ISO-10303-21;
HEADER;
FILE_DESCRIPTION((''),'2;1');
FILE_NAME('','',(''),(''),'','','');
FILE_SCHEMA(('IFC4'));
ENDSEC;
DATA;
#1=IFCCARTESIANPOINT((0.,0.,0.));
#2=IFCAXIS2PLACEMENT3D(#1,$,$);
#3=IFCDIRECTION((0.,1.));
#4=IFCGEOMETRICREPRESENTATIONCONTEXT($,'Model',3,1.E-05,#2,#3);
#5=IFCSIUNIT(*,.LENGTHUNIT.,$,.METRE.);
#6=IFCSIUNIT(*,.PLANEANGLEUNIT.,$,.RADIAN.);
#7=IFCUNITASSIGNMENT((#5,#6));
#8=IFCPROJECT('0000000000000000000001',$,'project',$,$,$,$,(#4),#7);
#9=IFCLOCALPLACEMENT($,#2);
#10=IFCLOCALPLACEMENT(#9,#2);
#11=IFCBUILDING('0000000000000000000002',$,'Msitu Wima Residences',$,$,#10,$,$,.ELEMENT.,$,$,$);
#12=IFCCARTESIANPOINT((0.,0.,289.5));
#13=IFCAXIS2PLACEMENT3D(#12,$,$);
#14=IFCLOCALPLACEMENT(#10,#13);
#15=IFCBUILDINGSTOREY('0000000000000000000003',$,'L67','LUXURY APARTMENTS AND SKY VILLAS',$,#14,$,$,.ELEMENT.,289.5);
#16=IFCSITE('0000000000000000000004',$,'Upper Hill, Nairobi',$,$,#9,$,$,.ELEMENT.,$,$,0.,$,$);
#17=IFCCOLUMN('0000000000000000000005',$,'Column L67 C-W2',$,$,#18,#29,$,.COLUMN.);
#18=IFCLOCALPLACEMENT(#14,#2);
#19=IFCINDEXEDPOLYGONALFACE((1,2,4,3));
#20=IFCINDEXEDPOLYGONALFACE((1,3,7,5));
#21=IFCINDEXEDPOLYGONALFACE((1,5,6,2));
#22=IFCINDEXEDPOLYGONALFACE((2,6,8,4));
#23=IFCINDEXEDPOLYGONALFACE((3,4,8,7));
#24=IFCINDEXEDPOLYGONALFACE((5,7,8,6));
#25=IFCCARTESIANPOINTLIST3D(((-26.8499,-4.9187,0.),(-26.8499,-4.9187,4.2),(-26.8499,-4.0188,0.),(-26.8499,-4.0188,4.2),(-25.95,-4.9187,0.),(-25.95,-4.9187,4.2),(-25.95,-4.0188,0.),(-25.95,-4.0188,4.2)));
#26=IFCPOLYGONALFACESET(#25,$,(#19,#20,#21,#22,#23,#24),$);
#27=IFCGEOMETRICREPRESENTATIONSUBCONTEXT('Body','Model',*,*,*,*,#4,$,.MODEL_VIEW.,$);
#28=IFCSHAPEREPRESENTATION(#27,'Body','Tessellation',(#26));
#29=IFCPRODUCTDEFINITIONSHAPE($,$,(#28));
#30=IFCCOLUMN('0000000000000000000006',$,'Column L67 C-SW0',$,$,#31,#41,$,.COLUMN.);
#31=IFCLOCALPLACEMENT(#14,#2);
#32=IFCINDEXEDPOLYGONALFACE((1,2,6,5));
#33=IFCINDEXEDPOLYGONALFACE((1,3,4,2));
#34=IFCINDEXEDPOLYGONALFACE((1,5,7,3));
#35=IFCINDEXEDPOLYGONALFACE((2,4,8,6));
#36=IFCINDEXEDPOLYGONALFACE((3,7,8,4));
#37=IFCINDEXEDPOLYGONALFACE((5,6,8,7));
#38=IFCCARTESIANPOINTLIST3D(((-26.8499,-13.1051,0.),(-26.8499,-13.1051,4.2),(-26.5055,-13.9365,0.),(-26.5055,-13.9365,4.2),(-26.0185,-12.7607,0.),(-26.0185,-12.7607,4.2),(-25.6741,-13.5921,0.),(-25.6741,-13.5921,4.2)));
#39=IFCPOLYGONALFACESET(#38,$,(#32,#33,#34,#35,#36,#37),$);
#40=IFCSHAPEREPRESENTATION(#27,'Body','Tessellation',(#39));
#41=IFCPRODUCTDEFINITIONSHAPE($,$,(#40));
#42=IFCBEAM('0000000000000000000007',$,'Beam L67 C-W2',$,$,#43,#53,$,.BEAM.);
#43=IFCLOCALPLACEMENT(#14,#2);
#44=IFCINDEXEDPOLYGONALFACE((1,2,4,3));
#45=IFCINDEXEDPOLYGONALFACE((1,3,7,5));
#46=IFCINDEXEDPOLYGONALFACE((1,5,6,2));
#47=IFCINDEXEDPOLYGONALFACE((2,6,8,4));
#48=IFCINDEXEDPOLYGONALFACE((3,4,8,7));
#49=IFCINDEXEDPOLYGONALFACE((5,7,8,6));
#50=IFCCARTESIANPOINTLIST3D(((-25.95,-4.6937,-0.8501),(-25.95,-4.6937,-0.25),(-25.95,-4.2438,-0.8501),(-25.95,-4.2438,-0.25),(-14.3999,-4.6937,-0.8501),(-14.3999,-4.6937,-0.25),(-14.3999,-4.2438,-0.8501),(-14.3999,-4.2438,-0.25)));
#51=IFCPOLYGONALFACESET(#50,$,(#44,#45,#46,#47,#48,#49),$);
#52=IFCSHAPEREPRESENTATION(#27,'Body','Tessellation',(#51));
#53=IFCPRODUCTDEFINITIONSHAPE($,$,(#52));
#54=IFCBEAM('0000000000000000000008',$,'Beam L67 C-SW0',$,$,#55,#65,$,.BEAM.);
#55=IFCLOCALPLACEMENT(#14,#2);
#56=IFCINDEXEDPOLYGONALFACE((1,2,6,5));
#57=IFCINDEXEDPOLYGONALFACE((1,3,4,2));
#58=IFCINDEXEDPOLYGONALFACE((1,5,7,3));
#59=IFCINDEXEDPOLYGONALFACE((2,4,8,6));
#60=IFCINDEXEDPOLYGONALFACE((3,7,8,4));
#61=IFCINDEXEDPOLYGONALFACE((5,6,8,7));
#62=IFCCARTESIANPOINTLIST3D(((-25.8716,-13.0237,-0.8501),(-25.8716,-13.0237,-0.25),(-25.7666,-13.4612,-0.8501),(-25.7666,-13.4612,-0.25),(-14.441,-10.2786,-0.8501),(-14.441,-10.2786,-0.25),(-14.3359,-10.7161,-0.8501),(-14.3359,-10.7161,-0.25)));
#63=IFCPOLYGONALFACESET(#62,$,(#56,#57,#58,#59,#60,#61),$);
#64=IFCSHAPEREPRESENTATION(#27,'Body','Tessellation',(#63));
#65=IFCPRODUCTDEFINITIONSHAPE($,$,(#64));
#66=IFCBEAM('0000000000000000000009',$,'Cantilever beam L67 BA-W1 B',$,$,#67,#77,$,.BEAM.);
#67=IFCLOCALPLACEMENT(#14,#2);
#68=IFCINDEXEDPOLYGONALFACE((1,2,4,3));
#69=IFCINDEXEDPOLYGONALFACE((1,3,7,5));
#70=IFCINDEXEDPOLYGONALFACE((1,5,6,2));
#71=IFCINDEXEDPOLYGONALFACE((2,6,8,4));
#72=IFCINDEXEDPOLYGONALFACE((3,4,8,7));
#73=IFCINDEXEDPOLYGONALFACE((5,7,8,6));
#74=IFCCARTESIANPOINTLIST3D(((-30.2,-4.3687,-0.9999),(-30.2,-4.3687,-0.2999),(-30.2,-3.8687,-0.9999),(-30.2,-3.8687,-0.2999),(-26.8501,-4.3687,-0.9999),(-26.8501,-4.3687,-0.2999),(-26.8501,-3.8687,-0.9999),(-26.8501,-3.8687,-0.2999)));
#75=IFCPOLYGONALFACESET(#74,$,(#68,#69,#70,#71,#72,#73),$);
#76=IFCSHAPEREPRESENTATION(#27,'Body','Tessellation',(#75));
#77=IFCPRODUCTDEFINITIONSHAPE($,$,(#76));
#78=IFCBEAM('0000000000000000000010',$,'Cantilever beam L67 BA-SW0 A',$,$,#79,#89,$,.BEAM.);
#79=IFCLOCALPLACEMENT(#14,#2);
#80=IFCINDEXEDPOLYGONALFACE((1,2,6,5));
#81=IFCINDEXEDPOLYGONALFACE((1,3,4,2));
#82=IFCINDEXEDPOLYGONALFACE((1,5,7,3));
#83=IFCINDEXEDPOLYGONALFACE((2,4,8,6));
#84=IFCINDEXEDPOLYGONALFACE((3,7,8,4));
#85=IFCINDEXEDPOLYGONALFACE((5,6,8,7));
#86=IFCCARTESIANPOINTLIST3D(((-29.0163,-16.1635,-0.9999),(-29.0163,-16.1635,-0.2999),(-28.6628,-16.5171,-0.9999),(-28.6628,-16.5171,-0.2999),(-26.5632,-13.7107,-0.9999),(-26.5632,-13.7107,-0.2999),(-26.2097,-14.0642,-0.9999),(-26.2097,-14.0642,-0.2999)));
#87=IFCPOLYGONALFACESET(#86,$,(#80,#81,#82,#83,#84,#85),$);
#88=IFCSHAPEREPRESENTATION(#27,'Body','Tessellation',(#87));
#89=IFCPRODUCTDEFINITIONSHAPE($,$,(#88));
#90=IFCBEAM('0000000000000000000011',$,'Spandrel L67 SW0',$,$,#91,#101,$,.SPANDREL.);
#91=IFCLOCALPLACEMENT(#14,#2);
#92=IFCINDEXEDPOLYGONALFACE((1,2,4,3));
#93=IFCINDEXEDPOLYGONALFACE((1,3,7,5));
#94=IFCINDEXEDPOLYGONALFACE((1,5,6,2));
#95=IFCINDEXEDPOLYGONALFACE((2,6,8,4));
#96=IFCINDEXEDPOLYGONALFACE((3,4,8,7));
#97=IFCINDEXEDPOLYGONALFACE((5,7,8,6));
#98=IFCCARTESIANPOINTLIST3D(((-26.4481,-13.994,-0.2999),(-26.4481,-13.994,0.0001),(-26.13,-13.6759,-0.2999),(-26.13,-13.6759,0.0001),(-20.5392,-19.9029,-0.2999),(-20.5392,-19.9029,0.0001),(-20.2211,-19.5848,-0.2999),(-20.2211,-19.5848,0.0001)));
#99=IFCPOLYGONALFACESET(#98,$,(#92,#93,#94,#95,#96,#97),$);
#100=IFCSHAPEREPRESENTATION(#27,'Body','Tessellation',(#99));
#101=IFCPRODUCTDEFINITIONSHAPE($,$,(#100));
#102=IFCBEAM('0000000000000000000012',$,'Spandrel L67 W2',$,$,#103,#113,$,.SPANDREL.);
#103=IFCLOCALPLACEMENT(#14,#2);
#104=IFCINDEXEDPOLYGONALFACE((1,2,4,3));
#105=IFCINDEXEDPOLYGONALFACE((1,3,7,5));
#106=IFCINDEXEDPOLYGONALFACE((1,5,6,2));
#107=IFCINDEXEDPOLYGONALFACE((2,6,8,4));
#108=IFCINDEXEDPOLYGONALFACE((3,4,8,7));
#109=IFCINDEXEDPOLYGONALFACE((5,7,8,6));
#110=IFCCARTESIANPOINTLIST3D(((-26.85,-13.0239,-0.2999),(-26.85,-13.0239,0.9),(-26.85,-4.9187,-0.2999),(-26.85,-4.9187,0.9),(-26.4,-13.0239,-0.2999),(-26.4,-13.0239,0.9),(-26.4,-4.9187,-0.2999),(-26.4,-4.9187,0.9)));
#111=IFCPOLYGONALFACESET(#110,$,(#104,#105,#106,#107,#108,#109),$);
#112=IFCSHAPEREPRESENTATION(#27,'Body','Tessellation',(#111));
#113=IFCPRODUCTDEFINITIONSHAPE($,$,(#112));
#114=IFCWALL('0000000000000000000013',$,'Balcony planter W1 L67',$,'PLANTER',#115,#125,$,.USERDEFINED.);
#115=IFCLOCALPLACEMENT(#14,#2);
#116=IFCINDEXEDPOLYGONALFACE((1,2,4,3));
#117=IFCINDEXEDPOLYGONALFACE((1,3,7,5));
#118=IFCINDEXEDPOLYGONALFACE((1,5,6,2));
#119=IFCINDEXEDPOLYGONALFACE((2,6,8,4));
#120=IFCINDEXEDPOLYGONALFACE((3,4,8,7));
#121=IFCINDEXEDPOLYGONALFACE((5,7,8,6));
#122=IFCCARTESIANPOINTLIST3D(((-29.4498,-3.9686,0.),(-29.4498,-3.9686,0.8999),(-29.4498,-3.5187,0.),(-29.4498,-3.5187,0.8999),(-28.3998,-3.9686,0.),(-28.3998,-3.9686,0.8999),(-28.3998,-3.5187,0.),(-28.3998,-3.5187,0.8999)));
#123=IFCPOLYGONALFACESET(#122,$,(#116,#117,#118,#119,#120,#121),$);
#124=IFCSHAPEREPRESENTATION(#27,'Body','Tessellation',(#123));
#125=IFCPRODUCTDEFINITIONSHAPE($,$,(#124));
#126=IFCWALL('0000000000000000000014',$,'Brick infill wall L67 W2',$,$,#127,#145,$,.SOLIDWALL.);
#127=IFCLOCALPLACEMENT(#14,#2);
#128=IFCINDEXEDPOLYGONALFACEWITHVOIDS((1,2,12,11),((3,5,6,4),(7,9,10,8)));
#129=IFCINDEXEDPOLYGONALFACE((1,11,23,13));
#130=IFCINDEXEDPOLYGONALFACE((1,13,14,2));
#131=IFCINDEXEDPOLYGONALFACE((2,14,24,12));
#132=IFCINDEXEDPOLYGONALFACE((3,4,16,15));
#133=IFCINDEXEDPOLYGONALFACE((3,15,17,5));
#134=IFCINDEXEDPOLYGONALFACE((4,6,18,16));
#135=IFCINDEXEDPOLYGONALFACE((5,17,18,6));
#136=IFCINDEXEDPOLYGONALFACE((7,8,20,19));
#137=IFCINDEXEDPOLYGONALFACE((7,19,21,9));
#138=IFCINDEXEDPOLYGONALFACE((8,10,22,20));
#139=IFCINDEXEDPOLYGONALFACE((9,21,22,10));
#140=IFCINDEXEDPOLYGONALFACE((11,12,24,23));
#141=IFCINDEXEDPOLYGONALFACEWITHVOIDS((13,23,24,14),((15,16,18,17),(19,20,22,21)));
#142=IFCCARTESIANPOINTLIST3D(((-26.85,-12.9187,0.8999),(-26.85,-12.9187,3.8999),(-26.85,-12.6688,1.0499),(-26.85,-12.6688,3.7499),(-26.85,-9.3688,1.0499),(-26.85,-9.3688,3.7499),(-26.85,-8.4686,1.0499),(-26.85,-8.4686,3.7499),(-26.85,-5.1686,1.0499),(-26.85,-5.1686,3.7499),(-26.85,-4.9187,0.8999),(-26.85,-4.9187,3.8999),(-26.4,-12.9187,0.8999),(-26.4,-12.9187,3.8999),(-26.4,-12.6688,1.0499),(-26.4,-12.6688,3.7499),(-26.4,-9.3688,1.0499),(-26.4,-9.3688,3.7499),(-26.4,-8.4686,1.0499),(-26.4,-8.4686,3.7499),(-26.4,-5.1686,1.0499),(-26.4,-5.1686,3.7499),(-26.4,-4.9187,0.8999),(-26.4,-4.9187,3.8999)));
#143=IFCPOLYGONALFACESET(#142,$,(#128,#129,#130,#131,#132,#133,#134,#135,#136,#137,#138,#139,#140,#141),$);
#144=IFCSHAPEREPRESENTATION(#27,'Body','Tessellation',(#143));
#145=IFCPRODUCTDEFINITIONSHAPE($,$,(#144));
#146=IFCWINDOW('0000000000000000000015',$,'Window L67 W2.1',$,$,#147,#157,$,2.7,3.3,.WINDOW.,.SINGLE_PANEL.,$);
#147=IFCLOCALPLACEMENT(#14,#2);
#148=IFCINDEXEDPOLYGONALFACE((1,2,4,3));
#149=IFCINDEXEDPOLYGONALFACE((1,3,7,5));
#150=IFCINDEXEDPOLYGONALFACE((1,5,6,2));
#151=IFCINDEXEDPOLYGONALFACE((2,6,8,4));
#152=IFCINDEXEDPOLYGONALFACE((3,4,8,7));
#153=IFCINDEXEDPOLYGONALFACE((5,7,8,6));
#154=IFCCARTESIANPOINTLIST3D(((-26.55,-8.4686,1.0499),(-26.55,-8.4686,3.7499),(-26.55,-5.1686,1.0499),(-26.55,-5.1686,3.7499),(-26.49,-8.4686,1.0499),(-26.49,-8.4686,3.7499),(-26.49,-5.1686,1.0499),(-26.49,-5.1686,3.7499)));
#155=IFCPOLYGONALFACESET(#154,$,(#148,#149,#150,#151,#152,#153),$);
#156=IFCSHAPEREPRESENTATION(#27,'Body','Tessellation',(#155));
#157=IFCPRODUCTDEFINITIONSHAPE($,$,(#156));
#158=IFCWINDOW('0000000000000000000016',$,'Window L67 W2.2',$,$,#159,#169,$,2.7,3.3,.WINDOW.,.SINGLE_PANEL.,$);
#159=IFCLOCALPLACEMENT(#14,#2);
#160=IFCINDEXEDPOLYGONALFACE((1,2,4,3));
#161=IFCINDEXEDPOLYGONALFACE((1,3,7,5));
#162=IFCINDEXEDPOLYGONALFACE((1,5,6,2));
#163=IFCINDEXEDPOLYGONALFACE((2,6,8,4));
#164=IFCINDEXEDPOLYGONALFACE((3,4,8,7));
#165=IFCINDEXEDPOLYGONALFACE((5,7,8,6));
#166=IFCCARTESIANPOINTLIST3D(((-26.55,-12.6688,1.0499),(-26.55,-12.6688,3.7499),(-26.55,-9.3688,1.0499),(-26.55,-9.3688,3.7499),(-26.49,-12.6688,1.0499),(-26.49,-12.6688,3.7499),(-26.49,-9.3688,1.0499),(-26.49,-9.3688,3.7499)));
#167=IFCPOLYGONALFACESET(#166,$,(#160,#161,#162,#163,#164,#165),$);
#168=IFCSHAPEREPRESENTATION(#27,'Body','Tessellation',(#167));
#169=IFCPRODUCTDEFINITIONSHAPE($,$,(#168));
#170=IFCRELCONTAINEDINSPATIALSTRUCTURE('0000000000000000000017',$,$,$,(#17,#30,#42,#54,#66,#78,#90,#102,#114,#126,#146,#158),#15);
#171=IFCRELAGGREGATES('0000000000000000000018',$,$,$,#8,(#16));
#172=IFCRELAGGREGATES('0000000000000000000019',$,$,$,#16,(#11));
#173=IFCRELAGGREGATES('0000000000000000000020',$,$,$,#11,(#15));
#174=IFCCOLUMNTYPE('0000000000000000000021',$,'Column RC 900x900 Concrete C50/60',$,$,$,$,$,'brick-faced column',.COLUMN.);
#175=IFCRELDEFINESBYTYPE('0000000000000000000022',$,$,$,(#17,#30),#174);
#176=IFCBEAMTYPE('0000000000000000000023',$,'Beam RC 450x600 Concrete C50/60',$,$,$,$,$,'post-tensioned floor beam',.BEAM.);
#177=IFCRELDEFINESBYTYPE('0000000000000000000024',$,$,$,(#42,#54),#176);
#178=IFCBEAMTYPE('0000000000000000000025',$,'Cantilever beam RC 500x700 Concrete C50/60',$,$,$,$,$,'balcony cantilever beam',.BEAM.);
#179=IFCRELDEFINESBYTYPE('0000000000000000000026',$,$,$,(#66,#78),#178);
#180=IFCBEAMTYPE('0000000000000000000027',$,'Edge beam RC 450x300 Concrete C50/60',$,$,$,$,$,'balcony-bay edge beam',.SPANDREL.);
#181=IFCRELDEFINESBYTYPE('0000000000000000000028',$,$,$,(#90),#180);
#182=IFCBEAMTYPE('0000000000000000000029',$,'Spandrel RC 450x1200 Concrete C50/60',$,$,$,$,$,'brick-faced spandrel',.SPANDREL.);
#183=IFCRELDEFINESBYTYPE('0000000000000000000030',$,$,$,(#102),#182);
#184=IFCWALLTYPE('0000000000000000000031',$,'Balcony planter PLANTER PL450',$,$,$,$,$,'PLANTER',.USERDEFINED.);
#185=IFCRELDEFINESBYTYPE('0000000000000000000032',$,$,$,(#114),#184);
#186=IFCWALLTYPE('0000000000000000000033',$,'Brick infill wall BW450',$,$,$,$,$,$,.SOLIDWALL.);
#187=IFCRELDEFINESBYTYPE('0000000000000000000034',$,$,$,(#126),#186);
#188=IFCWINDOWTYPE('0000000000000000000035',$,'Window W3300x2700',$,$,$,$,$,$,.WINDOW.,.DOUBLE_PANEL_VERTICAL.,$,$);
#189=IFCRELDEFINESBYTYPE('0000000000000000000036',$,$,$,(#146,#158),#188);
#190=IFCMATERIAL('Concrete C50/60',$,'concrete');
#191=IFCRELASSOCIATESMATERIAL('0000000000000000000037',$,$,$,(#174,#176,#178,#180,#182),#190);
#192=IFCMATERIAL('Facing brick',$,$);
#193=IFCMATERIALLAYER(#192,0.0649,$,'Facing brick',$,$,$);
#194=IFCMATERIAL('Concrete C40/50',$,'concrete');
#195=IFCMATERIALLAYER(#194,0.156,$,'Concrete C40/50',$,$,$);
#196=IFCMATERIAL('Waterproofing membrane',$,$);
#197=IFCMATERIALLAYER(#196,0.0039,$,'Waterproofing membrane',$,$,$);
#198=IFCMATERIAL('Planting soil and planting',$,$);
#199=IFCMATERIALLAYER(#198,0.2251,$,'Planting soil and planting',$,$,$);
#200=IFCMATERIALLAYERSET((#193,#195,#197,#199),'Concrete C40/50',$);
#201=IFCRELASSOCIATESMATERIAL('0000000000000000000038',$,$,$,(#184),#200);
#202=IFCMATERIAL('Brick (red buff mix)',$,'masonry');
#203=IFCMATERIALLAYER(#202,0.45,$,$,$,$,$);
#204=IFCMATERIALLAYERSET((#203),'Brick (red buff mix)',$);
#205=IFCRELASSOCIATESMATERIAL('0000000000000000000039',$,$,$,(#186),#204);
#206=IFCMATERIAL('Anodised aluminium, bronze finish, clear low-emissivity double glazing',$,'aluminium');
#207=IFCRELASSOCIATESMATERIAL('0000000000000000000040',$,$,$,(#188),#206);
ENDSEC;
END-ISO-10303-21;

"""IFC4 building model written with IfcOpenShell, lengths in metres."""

from ifc_helpers import new_model, si_unit, direction, frame, frame_2d, origin, origin_2d, place, context, subcontext, project, spatial, rectangle, extrude, material, layer, layer_set, material_profile, profile_set, type_object, element, fill, save


model = new_model("IFC4")

# Units and contexts
model_context = context("Model", 3, precision=1e-05, world=origin(), true_north=direction((0.0, 1.0)))
body_context = subcontext(model_context, "Body", "Model", "MODEL_VIEW")
ifc_project = project(units=[si_unit("LENGTHUNIT", "METRE"), si_unit("PLANEANGLEUNIT", "RADIAN")], contexts=[model_context])

# Site, building, storey
site_placement = place(None, origin())
site = spatial("IfcSite", under=ifc_project, at=site_placement, Name="Upper Hill, Nairobi", CompositionType="ELEMENT", RefElevation=0.0)
building_placement = place(site_placement, origin())
building = spatial("IfcBuilding", under=site, at=building_placement, Name="Msitu Wima Residences", CompositionType="ELEMENT")
storey_placement = place(building_placement, frame((0.0, 0.0, 289.5)))
storey = spatial("IfcBuildingStorey", under=building, at=storey_placement, Name="L67", Description="LUXURY APARTMENTS AND SKY VILLAS", CompositionType="ELEMENT", Elevation=289.5)

# Columns
ifc_material_1 = material(Name="Concrete C50/60", Category="concrete")
ifc_material_profile_1 = material_profile(ifc_material_1, rectangle(XDim=0.8999, YDim=0.8999, at=origin_2d()), Name="RC 900x900")
ifc_profile_set_1 = profile_set([ifc_material_profile_1], Name="Concrete C50/60")
column_type = type_object("IfcColumnType", Name="Column RC 900x900 Concrete C50/60", ElementType="brick-faced column", PredefinedType="COLUMN", material=ifc_profile_set_1)
for number, where, z_axis, x_axis, name in (
    (1, (-26.3999, -4.4688, 0.0), (0.0, 0.0, 1.0), (0.0, -1.0, 0.0), "Column L67 C-W2"),
    (2, (-26.262, -13.3486, 0.0), (0.0, 0.0, 1.0), (0.382683, -0.92388, 0.0), "Column L67 C-SW0"),
):
    element("IfcColumn", number, at=place(storey_placement, frame(where, z_axis=z_axis, x_axis=x_axis)), inside=storey, type_object=column_type, Name=name, PredefinedType="COLUMN", context=body_context, shape_type="SweptSolid", body=[
        extrude(rectangle(XDim=0.8999, YDim=0.8999, at=origin_2d()), origin(), (0.0, 0.0, 1.0), 4.2),
    ])

# Beams
ifc_material_profile_2 = material_profile(ifc_material_1, rectangle(XDim=0.45, YDim=0.6001, at=origin_2d()), Name="RC 450x600")
ifc_profile_set_2 = profile_set([ifc_material_profile_2], Name="Concrete C50/60")
beam_type_1 = type_object("IfcBeamType", Name="Beam RC 450x600 Concrete C50/60", ElementType="post-tensioned floor beam", PredefinedType="BEAM", material=ifc_profile_set_2)
beam_1_placement = place(storey_placement, frame((-25.95, -4.4688, -0.55), z_axis=(1.0, 0.0, 0.0), x_axis=(0.0, 1.0, 0.0)))
element("IfcBeam", 3, at=beam_1_placement, inside=storey, type_object=beam_type_1, Name="Beam L67 C-W2", PredefinedType="BEAM", context=body_context, shape_type="SweptSolid", body=[
    extrude(rectangle(XDim=0.45, YDim=0.6001, at=origin_2d()), origin(), (0.0, 0.0, 1.0), 11.55),
])
beam_2_placement = place(storey_placement, frame((-25.8191, -13.2424, -0.55), z_axis=(0.972353, 0.233514, 0.0), x_axis=(-0.233514, 0.972353, 0.0)))
element("IfcBeam", 4, at=beam_2_placement, inside=storey, type_object=beam_type_1, Name="Beam L67 C-SW0", PredefinedType="BEAM", context=body_context, shape_type="SweptSolid", body=[
    extrude(rectangle(XDim=0.45, YDim=0.6001, at=origin_2d()), origin(), (0.0, 0.0, 1.0), 11.7556),
])
ifc_material_profile_3 = material_profile(ifc_material_1, rectangle(XDim=0.5, YDim=0.7, at=origin_2d()), Name="RC 500x700")
ifc_profile_set_3 = profile_set([ifc_material_profile_3], Name="Concrete C50/60")
beam_type_2 = type_object("IfcBeamType", Name="Cantilever beam RC 500x700 Concrete C50/60", ElementType="balcony cantilever beam", PredefinedType="BEAM", material=ifc_profile_set_3)
beam_3_placement = place(storey_placement, frame((-26.8501, -4.1187, -0.6499), z_axis=(-1.0, 0.0, 0.0), x_axis=(0.0, -1.0, 0.0)))
element("IfcBeam", 5, at=beam_3_placement, inside=storey, type_object=beam_type_2, Name="Cantilever beam L67 BA-W1 B", PredefinedType="BEAM", context=body_context, shape_type="SweptSolid", body=[
    extrude(rectangle(XDim=0.5, YDim=0.7, at=origin_2d()), origin(), (0.0, 0.0, 1.0), 3.3499),
])
beam_4_placement = place(storey_placement, frame((-26.3865, -13.8875, -0.6499), z_axis=(-0.707142, -0.707072, 0.0), x_axis=(0.707072, -0.707142, 0.0)))
element("IfcBeam", 6, at=beam_4_placement, inside=storey, type_object=beam_type_2, Name="Cantilever beam L67 BA-SW0 A", PredefinedType="BEAM", context=body_context, shape_type="SweptSolid", body=[
    extrude(rectangle(XDim=0.5, YDim=0.7, at=origin_2d()), origin(), (0.0, 0.0, 1.0), 3.469),
])
ifc_material_profile_4 = material_profile(ifc_material_1, rectangle(XDim=0.45, YDim=0.3, at=origin_2d()), Name="RC 450x300")
ifc_profile_set_4 = profile_set([ifc_material_profile_4], Name="Concrete C50/60")
beam_type_3 = type_object("IfcBeamType", Name="Edge beam RC 450x300 Concrete C50/60", ElementType="balcony-bay edge beam", PredefinedType="SPANDREL", material=ifc_profile_set_4)
beam_5_placement = place(storey_placement, frame((-26.2891, -13.835, -0.1499), z_axis=(0.707107, -0.707107, 0.0), x_axis=(0.707107, 0.707107, 0.0)))
element("IfcBeam", 7, at=beam_5_placement, inside=storey, type_object=beam_type_3, Name="Spandrel L67 SW0", PredefinedType="SPANDREL", context=body_context, shape_type="SweptSolid", body=[
    extrude(rectangle(XDim=0.45, YDim=0.3, at=origin_2d()), origin(), (0.0, 0.0, 1.0), 8.3564),
])
ifc_material_profile_5 = material_profile(ifc_material_1, rectangle(XDim=0.45, YDim=1.2, at=origin_2d()), Name="RC 450x1200")
ifc_profile_set_5 = profile_set([ifc_material_profile_5], Name="Concrete C50/60")
beam_type_4 = type_object("IfcBeamType", Name="Spandrel RC 450x1200 Concrete C50/60", ElementType="brick-faced spandrel", PredefinedType="SPANDREL", material=ifc_profile_set_5)
beam_6_placement = place(storey_placement, frame((-26.625, -4.9187, 0.3), z_axis=(0.0, -1.0, 0.0), x_axis=(1.0, 0.0, 0.0)))
element("IfcBeam", 8, at=beam_6_placement, inside=storey, type_object=beam_type_4, Name="Spandrel L67 W2", PredefinedType="SPANDREL", context=body_context, shape_type="SweptSolid", body=[
    extrude(rectangle(XDim=0.45, YDim=1.2, at=origin_2d()), origin(), (0.0, 0.0, 1.0), 8.1052),
])

# Wall
ifc_material_2 = material(Name="Facing brick")
ifc_layer_1 = layer(ifc_material_2, 0.0649, Name="Facing brick")
ifc_material_3 = material(Name="Concrete C40/50", Category="concrete")
ifc_layer_2 = layer(ifc_material_3, 0.156, Name="Concrete C40/50")
ifc_material_4 = material(Name="Waterproofing membrane")
ifc_layer_3 = layer(ifc_material_4, 0.0039, Name="Waterproofing membrane")
ifc_material_5 = material(Name="Planting soil and planting")
ifc_layer_4 = layer(ifc_material_5, 0.2251, Name="Planting soil and planting")
ifc_layer_set_1 = layer_set([ifc_layer_1, ifc_layer_2, ifc_layer_3, ifc_layer_4], Name="Concrete C40/50")
wall_type_1 = type_object("IfcWallType", Name="Balcony planter PLANTER PL450", ElementType="PLANTER", PredefinedType="USERDEFINED", material=ifc_layer_set_1)
wall_1_placement = place(storey_placement, frame((-28.3999, -3.7437, 0.0), z_axis=(0.0, 0.0, 1.0), x_axis=(-1.0, 0.0, 0.0)))
element("IfcWall", 9, at=wall_1_placement, inside=storey, type_object=wall_type_1, Name="Balcony planter W1 L67", ObjectType="PLANTER", PredefinedType="USERDEFINED", context=body_context, shape_type="SweptSolid", body=[
    extrude(rectangle(XDim=1.05, YDim=0.45, at=frame_2d((0.5249, 0.0))), origin(), (0.0, 0.0, 1.0), 0.8999),
])

# Wall, openings, windows
ifc_material_6 = material(Name="Brick (red buff mix)", Category="masonry")
ifc_layer_5 = layer(ifc_material_6, 0.45)
ifc_layer_set_2 = layer_set([ifc_layer_5], Name="Brick (red buff mix)")
wall_type_2 = type_object("IfcWallType", Name="Brick infill wall BW450", PredefinedType="SOLIDWALL", material=ifc_layer_set_2)
wall_2_placement = place(storey_placement, frame((-26.625, -4.9187, 0.8999), z_axis=(0.0, 0.0, 1.0), x_axis=(0.0, -1.0, 0.0)))
wall_2 = element("IfcWall", 10, at=wall_2_placement, inside=storey, type_object=wall_type_2, Name="Brick infill wall L67 W2", PredefinedType="SOLIDWALL", context=body_context, shape_type="SweptSolid", body=[
    extrude(rectangle(XDim=8.0, YDim=0.45, at=frame_2d((4.0, 0.0))), origin(), (0.0, 0.0, 1.0), 3.0),
])
opening_1_placement = place(wall_2_placement, frame((0.25, 0.0, 0.1499)))
opening_1 = element("IfcOpeningElement", 11, at=opening_1_placement, cuts=wall_2, PredefinedType="OPENING", context=body_context, shape_type="SweptSolid", body=[
    extrude(rectangle(XDim=3.3, YDim=2.7, at=frame_2d((1.6499, 1.3501))), frame((0.0, 0.2349, 0.0), z_axis=(0.0, -1.0, 0.0), x_axis=(1.0, 0.0, 0.0)), (0.0, 0.0, 1.0), 0.47),
])
opening_2_placement = place(wall_2_placement, frame((4.4502, 0.0, 0.1499)))
opening_2 = element("IfcOpeningElement", 12, at=opening_2_placement, cuts=wall_2, PredefinedType="OPENING", context=body_context, shape_type="SweptSolid", body=[
    extrude(rectangle(XDim=3.3, YDim=2.7, at=frame_2d((1.6499, 1.3501))), frame((0.0, 0.2349, 0.0), z_axis=(0.0, -1.0, 0.0), x_axis=(1.0, 0.0, 0.0)), (0.0, 0.0, 1.0), 0.47),
])
ifc_material_7 = material(Name="Anodised aluminium, bronze finish, clear low-emissivity double glazing", Category="aluminium")
window_type = type_object("IfcWindowType", Name="Window W3300x2700", PartitioningType="DOUBLE_PANEL_VERTICAL", PredefinedType="WINDOW", material=ifc_material_7)
window_1_placement = place(opening_1_placement, origin())
window_1 = element("IfcWindow", 13, at=window_1_placement, inside=storey, type_object=window_type, Name="Window L67 W2.1", OverallHeight=2.7, OverallWidth=3.3, PartitioningType="SINGLE_PANEL", PredefinedType="WINDOW", context=body_context, shape_type="SweptSolid", body=[
    extrude(rectangle(XDim=3.3, YDim=2.7, at=frame_2d((1.6499, 1.3501))), frame((0.0, 0.135, 0.0), z_axis=(0.0, -1.0, 0.0), x_axis=(1.0, 0.0, 0.0)), (0.0, 0.0, 1.0), 0.0601),
])
fill(opening_1, window_1)
window_2_placement = place(opening_2_placement, origin())
window_2 = element("IfcWindow", 14, at=window_2_placement, inside=storey, type_object=window_type, Name="Window L67 W2.2", OverallHeight=2.7, OverallWidth=3.3, PartitioningType="SINGLE_PANEL", PredefinedType="WINDOW", context=body_context, shape_type="SweptSolid", body=[
    extrude(rectangle(XDim=3.3, YDim=2.7, at=frame_2d((1.6499, 1.3501))), frame((0.0, 0.135, 0.0), z_axis=(0.0, -1.0, 0.0), x_axis=(1.0, 0.0, 0.0)), (0.0, 0.0, 1.0), 0.0601),
])
fill(opening_2, window_2)

save(model, "model.ifc")
